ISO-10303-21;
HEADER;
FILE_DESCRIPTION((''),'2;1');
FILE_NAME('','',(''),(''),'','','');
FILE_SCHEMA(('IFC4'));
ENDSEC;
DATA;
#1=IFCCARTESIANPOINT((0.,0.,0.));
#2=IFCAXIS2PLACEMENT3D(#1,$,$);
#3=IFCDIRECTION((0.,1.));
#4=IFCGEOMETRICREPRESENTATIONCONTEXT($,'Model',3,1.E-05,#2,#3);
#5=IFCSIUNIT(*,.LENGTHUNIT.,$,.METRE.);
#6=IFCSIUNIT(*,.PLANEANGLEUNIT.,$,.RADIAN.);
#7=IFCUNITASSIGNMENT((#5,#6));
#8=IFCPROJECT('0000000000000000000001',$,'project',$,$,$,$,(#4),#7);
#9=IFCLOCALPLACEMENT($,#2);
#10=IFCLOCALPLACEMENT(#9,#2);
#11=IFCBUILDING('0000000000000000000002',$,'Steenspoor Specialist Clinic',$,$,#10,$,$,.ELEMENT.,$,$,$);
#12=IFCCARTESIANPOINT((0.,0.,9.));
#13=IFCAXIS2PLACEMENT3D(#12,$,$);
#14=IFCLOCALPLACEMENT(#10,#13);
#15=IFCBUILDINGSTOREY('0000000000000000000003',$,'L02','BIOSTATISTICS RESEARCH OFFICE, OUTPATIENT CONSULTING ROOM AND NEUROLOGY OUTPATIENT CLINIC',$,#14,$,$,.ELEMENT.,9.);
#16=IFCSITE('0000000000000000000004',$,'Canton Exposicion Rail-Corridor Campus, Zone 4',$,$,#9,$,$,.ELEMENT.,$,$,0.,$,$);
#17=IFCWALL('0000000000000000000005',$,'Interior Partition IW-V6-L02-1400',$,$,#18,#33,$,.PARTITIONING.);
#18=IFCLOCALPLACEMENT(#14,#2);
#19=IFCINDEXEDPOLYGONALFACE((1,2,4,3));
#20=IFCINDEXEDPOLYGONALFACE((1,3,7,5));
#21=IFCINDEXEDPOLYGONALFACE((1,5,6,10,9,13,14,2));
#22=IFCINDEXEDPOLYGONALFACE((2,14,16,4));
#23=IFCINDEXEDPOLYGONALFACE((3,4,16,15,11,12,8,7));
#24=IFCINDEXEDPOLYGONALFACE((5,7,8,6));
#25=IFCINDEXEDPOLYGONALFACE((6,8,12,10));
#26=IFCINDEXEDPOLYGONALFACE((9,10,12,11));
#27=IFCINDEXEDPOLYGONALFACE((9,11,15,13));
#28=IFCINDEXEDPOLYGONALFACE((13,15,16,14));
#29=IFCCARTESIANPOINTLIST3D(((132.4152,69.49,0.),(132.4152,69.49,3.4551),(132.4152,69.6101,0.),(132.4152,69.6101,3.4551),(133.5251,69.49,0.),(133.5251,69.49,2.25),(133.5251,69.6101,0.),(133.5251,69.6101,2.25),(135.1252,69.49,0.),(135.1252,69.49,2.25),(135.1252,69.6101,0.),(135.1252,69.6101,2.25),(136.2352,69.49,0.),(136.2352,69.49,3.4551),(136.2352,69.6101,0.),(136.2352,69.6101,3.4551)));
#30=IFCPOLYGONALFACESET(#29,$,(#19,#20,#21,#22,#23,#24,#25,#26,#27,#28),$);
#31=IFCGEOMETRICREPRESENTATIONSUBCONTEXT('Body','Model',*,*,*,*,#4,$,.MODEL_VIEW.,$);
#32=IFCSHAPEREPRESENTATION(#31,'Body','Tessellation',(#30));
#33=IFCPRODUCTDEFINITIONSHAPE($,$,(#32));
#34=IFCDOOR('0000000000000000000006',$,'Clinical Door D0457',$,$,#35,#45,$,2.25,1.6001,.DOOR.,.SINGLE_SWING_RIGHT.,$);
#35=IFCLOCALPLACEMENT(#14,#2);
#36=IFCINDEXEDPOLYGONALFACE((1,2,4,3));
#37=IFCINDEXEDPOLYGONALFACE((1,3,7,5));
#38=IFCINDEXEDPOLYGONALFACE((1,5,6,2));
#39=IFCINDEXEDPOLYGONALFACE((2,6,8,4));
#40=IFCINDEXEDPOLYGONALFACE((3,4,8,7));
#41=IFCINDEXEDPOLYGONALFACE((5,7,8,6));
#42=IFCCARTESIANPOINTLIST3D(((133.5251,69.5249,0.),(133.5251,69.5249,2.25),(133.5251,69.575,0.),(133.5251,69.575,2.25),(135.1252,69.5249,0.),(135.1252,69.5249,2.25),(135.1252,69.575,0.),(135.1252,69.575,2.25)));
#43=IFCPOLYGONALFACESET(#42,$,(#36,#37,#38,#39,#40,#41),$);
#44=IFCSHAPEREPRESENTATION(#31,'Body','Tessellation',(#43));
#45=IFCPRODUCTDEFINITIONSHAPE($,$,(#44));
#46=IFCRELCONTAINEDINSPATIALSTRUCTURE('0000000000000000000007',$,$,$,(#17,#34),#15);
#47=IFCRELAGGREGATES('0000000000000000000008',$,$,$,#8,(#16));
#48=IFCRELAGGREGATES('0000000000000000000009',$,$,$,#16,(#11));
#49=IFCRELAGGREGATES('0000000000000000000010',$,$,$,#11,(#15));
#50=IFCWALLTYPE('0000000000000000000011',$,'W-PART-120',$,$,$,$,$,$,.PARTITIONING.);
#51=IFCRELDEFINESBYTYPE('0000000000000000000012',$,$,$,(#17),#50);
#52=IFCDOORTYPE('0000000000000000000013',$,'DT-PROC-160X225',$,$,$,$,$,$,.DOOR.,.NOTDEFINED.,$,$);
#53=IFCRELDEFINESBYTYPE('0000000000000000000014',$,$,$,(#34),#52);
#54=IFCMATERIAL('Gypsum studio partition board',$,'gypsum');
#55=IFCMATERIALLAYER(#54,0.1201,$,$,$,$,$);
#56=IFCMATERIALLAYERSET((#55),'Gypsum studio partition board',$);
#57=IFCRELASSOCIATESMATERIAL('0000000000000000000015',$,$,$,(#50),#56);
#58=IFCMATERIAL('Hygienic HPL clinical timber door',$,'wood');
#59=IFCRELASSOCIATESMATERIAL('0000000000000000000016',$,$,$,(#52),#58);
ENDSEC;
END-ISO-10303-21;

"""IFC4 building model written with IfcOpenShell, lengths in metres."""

from ifc_helpers import new_model, si_unit, direction, frame, frame_2d, origin, place, context, subcontext, project, spatial, rectangle, extrude, material, layer, layer_set, type_object, element, fill, save


model = new_model("IFC4")

# Units and contexts
model_context = context("Model", 3, precision=1e-05, world=origin(), true_north=direction((0.0, 1.0)))
body_context = subcontext(model_context, "Body", "Model", "MODEL_VIEW")
ifc_project = project(units=[si_unit("LENGTHUNIT", "METRE"), si_unit("PLANEANGLEUNIT", "RADIAN")], contexts=[model_context])

# Site, building, storey
site_placement = place(None, origin())
site = spatial("IfcSite", under=ifc_project, at=site_placement, Name="Canton Exposicion Rail-Corridor Campus, Zone 4", CompositionType="ELEMENT", RefElevation=0.0)
building_placement = place(site_placement, origin())
building = spatial("IfcBuilding", under=site, at=building_placement, Name="Steenspoor Specialist Clinic", CompositionType="ELEMENT")
storey_placement = place(building_placement, frame((0.0, 0.0, 9.0)))
storey = spatial("IfcBuildingStorey", under=building, at=storey_placement, Name="L02", Description="BIOSTATISTICS RESEARCH OFFICE, OUTPATIENT CONSULTING ROOM AND NEUROLOGY OUTPATIENT CLINIC", CompositionType="ELEMENT", Elevation=9.0)

# Wall, opening, door
ifc_material_1 = material(Name="Gypsum studio partition board", Category="gypsum")
ifc_layer_1 = layer(ifc_material_1, 0.1201)
ifc_layer_set_1 = layer_set([ifc_layer_1], Name="Gypsum studio partition board")
wall_type_1 = type_object("IfcWallType", Name="W-PART-120", PredefinedType="PARTITIONING", material=ifc_layer_set_1)
wall_1_placement = place(storey_placement, frame((132.415, 69.55, 0.0), z_axis=(0.0, 0.0, 1.0), x_axis=(1.0, 0.0, 0.0)))
wall_1 = element("IfcWall", 1, at=wall_1_placement, inside=storey, type_object=wall_type_1, Name="Interior Partition IW-V6-L02-1400", PredefinedType="PARTITIONING", context=body_context, shape_type="SweptSolid", body=[
    extrude(rectangle(XDim=3.8201, YDim=0.1201, at=frame_2d((1.9102, 0.0))), origin(), (0.0, 0.0, 1.0), 3.4551),
])
opening_placement = place(wall_1_placement, frame((1.1101, 0.0, 0.0)))
opening = element("IfcOpeningElement", 2, at=opening_placement, cuts=wall_1, PredefinedType="OPENING", context=body_context, shape_type="SweptSolid", body=[
    extrude(rectangle(XDim=1.6001, YDim=2.25, at=frame_2d((0.8, 1.125))), frame((0.0, 0.0701, 0.0), z_axis=(0.0, -1.0, 0.0), x_axis=(1.0, 0.0, 0.0)), (0.0, 0.0, 1.0), 0.1401),
])
ifc_material_2 = material(Name="Hygienic HPL clinical timber door", Category="wood")
door_type = type_object("IfcDoorType", Name="DT-PROC-160X225", OperationType="NOTDEFINED", PredefinedType="DOOR", material=ifc_material_2)
door_placement = place(opening_placement, origin())
door = element("IfcDoor", 3, at=door_placement, inside=storey, type_object=door_type, Name="Clinical Door D0457", OperationType="SINGLE_SWING_RIGHT", OverallHeight=2.25, OverallWidth=1.6001, PredefinedType="DOOR", context=body_context, shape_type="SweptSolid", body=[
    extrude(rectangle(XDim=1.6001, YDim=2.25, at=frame_2d((0.8, 1.125))), frame((0.0, 0.0249, 0.0), z_axis=(0.0, -1.0, 0.0), x_axis=(1.0, 0.0, 0.0)), (0.0, 0.0, 1.0), 0.05),
])
fill(opening, door)

save(model, "model.ifc")
